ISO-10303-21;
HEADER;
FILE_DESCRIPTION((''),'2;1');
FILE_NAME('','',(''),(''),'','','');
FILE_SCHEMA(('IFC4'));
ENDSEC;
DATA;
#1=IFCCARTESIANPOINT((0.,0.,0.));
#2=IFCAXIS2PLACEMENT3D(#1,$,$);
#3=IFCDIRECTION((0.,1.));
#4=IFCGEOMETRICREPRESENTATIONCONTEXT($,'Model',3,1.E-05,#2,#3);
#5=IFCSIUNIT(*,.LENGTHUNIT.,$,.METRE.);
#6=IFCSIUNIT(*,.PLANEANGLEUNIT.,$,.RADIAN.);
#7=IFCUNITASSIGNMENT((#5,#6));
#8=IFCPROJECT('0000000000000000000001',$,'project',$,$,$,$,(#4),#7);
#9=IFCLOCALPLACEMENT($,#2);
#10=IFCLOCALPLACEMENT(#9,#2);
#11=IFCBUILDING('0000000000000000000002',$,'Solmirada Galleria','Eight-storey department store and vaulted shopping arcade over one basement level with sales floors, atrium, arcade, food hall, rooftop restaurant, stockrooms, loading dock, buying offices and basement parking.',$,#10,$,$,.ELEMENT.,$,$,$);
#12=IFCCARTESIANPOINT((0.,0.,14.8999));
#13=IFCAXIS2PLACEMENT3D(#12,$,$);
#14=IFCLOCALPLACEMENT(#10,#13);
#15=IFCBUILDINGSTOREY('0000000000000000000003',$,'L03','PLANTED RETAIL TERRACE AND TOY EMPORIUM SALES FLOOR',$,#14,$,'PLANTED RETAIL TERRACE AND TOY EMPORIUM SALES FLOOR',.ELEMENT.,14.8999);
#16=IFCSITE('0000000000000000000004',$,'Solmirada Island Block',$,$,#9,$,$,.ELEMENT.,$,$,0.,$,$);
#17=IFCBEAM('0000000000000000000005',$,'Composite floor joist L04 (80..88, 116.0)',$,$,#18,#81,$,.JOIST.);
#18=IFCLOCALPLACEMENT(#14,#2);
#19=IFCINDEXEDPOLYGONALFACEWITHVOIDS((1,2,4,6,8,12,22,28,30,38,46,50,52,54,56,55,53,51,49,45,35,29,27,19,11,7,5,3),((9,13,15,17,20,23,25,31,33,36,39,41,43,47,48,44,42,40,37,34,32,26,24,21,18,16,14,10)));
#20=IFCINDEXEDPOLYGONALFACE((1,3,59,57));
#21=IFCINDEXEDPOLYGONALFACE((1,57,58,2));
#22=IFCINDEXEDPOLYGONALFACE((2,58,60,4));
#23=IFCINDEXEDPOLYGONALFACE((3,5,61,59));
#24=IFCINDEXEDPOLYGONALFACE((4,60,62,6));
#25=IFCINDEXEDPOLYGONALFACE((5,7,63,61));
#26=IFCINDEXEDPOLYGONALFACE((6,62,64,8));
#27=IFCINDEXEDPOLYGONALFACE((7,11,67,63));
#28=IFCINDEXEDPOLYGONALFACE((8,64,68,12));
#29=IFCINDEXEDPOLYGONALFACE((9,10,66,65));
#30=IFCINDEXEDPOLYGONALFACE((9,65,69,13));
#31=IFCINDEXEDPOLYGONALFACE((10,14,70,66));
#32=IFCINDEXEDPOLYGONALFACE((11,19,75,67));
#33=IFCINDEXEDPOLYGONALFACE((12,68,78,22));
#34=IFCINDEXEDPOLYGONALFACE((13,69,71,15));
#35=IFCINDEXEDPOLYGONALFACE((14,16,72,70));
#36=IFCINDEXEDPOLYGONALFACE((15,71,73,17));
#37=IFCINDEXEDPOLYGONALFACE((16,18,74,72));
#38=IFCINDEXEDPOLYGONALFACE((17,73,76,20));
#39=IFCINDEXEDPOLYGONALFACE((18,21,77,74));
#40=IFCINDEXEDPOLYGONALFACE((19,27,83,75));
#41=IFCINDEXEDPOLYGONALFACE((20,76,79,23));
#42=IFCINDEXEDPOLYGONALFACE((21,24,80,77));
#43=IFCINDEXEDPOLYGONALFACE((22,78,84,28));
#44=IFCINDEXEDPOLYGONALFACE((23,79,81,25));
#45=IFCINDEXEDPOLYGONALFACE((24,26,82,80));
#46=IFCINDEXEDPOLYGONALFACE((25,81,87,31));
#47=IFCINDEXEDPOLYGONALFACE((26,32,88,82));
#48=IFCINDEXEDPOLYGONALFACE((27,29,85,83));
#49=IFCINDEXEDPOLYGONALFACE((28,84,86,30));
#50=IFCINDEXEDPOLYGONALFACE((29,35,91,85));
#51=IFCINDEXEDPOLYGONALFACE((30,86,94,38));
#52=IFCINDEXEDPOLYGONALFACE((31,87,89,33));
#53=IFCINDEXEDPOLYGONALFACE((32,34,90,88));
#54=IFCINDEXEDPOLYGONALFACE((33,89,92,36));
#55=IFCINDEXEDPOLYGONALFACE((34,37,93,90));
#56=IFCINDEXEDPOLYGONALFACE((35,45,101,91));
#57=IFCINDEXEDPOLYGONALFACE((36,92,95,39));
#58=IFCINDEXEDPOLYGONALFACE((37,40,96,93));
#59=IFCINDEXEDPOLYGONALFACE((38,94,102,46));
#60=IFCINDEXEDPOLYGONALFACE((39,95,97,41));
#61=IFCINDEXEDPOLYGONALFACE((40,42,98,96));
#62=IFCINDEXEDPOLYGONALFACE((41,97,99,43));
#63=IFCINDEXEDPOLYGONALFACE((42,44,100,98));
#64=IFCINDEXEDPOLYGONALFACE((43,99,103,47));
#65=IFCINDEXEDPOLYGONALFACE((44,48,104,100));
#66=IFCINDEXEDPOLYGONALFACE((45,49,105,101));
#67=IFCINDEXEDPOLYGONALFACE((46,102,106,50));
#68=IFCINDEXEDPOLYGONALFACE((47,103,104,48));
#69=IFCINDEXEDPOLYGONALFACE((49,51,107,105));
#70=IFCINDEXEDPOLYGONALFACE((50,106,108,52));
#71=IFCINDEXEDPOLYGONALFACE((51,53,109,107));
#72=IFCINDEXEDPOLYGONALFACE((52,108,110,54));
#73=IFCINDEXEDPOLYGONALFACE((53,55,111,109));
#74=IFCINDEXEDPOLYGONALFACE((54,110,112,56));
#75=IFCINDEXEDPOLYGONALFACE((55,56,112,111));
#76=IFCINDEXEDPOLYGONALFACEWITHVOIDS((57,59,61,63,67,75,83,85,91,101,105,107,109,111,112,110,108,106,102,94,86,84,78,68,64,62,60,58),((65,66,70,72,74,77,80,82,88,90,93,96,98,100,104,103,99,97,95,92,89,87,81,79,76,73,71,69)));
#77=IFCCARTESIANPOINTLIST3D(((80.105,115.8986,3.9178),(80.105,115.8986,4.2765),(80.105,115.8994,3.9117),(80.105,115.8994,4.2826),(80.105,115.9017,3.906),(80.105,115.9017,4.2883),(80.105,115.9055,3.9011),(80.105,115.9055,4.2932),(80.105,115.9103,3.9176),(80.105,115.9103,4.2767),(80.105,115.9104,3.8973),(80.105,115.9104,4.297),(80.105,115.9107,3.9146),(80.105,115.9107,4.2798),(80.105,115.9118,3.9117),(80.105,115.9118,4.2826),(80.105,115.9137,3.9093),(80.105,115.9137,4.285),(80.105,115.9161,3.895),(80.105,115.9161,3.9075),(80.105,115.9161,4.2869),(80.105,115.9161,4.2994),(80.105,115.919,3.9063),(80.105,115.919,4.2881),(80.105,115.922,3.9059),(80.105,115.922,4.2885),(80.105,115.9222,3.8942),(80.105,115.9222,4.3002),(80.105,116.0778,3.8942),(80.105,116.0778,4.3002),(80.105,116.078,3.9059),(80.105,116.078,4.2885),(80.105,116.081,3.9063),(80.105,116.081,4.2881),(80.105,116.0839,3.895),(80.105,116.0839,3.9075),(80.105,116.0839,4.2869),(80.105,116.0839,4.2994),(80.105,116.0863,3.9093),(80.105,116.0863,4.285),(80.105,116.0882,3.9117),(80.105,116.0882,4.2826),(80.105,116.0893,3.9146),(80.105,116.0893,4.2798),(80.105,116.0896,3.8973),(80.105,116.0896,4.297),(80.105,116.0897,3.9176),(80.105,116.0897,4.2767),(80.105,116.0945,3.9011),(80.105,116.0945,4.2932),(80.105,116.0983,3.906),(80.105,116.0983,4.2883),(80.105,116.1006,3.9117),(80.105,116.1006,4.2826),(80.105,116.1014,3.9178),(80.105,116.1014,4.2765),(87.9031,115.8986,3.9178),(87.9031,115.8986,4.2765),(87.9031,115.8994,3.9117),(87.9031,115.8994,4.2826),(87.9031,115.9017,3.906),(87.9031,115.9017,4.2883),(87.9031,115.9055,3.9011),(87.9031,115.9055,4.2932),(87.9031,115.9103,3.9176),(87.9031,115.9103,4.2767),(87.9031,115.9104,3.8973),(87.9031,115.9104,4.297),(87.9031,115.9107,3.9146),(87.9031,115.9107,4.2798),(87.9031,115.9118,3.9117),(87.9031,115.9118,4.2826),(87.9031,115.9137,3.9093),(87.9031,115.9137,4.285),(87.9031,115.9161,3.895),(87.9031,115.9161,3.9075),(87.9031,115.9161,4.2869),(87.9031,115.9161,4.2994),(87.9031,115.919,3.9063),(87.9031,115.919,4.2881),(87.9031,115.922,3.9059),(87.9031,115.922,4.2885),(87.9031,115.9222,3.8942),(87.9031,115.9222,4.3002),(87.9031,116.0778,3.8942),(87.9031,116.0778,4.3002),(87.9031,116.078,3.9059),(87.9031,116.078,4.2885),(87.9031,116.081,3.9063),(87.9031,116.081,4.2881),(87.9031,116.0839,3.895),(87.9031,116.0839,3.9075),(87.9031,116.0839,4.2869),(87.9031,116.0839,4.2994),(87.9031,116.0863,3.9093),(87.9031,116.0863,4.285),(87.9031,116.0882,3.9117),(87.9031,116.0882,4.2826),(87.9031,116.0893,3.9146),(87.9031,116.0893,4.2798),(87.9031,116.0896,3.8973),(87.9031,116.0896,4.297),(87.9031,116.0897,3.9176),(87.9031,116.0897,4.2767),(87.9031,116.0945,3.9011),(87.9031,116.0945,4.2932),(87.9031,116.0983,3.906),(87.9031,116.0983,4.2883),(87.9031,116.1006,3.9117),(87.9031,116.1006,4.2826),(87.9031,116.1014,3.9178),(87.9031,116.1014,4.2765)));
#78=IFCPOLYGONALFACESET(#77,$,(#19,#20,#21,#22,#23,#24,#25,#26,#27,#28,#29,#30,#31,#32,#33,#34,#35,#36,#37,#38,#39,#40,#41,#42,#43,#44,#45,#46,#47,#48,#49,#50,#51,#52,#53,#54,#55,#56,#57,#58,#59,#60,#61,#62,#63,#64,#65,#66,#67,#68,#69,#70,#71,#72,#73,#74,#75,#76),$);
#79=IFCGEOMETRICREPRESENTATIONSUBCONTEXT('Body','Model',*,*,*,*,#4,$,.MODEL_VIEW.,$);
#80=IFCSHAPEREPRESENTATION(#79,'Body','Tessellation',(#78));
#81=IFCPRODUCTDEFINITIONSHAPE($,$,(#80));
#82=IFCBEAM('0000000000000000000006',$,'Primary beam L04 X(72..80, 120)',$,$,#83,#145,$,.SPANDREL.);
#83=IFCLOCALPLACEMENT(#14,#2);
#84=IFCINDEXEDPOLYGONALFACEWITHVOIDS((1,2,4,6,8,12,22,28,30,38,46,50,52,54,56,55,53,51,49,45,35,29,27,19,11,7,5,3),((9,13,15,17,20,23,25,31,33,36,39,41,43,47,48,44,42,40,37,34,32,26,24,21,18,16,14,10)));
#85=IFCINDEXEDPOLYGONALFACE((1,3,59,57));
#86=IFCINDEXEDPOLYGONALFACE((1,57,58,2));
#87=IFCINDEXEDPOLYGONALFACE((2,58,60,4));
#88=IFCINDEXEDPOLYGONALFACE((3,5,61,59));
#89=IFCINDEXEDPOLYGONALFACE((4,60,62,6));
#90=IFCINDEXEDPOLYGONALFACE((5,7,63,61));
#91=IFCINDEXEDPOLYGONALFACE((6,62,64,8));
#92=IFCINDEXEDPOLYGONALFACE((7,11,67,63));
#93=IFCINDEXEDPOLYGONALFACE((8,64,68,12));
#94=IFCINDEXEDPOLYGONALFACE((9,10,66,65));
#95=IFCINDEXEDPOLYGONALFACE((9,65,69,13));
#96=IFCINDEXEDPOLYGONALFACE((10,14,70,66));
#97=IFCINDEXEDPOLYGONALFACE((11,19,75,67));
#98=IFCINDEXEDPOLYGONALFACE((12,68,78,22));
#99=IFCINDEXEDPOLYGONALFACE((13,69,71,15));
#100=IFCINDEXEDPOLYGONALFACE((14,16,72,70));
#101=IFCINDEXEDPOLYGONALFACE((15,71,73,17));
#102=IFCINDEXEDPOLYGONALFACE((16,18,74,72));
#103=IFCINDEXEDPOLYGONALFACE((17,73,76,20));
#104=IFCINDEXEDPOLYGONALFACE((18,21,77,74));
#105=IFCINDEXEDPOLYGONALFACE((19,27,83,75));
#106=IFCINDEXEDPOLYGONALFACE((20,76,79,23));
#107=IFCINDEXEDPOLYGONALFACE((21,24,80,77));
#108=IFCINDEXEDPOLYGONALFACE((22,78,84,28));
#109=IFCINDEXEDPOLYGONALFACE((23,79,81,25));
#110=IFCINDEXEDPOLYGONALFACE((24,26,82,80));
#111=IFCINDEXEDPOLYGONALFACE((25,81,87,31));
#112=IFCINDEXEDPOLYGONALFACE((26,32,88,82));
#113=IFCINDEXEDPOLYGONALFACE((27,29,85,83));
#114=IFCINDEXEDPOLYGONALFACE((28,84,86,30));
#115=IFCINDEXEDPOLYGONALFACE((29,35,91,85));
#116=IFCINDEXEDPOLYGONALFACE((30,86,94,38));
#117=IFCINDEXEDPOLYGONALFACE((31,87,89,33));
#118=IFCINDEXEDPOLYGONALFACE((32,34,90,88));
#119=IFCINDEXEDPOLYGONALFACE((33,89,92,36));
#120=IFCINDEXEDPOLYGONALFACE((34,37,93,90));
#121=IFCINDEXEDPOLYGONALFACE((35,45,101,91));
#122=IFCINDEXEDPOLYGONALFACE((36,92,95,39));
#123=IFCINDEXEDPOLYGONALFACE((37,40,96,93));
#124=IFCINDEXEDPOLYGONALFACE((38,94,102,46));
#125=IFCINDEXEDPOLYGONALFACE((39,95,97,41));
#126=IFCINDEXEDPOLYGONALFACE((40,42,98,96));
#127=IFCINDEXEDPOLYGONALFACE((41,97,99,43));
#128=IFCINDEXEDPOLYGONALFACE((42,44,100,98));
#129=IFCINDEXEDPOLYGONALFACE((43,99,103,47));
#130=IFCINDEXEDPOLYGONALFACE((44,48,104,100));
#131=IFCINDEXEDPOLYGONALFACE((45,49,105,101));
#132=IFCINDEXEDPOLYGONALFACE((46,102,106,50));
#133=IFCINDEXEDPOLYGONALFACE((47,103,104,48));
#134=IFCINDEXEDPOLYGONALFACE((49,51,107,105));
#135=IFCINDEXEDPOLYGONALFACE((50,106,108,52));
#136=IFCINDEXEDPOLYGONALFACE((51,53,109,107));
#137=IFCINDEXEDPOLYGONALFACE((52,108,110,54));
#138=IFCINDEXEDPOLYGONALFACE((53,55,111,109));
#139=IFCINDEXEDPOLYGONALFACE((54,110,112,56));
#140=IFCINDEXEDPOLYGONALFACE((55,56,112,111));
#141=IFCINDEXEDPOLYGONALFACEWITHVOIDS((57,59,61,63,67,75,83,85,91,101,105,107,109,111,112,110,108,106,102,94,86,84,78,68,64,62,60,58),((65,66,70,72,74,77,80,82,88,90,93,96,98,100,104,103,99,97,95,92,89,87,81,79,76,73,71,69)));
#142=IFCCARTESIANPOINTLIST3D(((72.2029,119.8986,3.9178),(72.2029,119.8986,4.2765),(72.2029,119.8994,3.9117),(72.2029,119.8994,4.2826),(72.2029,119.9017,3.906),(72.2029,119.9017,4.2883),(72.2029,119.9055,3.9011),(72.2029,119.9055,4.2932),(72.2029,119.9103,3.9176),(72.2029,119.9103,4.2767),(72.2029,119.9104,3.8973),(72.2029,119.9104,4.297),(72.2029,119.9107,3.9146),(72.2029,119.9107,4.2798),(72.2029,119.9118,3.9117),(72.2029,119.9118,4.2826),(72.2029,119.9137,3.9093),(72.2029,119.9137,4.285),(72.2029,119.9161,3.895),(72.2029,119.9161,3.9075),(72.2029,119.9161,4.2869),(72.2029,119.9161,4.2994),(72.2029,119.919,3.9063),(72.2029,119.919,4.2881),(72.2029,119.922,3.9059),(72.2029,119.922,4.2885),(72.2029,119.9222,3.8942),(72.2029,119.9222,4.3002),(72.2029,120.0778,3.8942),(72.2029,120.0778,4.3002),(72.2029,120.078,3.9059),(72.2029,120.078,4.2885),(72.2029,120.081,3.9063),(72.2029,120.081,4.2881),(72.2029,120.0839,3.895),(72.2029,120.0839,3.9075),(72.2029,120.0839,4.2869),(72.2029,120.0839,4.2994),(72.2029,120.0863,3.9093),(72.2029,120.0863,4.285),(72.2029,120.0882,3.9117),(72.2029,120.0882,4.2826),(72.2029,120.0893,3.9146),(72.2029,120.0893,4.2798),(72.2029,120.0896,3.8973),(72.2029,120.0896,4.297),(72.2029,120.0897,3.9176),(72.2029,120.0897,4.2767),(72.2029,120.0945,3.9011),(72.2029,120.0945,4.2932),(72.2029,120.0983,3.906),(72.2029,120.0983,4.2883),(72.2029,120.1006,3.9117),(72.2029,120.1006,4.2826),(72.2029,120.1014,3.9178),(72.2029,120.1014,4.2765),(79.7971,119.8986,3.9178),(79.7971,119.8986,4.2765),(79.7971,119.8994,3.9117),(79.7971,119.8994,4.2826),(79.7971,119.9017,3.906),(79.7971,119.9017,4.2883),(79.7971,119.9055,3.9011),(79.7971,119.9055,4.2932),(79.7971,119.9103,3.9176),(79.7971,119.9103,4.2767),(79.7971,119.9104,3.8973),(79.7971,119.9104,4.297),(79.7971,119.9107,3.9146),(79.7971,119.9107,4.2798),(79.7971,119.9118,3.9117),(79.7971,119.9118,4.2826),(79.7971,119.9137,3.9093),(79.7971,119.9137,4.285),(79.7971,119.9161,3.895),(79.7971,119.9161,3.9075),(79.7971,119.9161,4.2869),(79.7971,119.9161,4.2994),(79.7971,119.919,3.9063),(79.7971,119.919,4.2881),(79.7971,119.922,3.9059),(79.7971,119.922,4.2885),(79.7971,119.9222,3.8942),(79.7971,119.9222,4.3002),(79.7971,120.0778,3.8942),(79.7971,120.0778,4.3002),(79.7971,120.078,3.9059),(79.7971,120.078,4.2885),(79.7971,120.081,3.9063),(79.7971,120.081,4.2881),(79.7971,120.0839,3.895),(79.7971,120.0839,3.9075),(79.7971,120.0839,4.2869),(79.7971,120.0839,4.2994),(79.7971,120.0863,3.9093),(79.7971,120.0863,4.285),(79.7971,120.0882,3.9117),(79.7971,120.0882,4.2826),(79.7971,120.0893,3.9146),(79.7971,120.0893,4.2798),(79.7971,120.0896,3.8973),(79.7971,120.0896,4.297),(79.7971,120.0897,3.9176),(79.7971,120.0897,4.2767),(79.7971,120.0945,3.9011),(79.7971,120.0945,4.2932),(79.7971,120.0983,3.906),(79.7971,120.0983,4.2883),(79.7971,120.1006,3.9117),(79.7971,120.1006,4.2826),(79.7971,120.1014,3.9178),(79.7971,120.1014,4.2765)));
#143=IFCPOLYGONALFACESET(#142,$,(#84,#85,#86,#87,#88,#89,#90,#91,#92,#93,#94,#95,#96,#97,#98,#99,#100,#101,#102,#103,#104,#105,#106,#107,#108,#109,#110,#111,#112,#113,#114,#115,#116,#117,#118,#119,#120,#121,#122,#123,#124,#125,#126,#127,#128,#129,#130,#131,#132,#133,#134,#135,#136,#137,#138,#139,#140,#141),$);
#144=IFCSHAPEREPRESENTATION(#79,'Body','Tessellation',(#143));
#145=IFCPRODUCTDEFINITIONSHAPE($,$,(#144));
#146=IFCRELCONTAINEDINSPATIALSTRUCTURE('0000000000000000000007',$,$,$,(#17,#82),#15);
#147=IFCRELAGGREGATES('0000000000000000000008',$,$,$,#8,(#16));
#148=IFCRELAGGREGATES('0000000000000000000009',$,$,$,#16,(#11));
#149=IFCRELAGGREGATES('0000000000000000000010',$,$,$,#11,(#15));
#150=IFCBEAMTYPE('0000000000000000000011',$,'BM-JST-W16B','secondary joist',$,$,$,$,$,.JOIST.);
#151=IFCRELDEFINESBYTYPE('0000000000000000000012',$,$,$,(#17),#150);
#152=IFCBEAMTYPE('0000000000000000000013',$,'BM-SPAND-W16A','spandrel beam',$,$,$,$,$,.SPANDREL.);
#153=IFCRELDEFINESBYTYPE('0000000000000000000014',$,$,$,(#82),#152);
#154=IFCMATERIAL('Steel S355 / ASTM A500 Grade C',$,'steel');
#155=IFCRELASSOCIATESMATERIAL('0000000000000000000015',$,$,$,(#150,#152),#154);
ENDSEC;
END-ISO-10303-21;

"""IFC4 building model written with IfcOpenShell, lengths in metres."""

from ifc_helpers import new_model, si_unit, direction, frame, origin, origin_2d, place, context, subcontext, project, spatial, hollow_rectangle, extrude, material, material_profile, profile_set, type_object, element, save


model = new_model("IFC4")

# Units and contexts
model_context = context("Model", 3, precision=1e-05, world=origin(), true_north=direction((0.0, 1.0)))
body_context = subcontext(model_context, "Body", "Model", "MODEL_VIEW")
ifc_project = project(units=[si_unit("LENGTHUNIT", "METRE"), si_unit("PLANEANGLEUNIT", "RADIAN")], contexts=[model_context])

# Site, building, storey
site_placement = place(None, origin())
site = spatial("IfcSite", under=ifc_project, at=site_placement, Name="Solmirada Island Block", CompositionType="ELEMENT", RefElevation=0.0)
building_placement = place(site_placement, origin())
building = spatial("IfcBuilding", under=site, at=building_placement, Name="Solmirada Galleria", Description="Eight-storey department store and vaulted shopping arcade over one basement level with sales floors, atrium, arcade, food hall, rooftop restaurant, stockrooms, loading dock, buying offices and basement parking.", CompositionType="ELEMENT")
storey_placement = place(building_placement, frame((0.0, 0.0, 14.8999)))
storey = spatial("IfcBuildingStorey", under=building, at=storey_placement, Name="L03", Description="PLANTED RETAIL TERRACE AND TOY EMPORIUM SALES FLOOR", LongName="PLANTED RETAIL TERRACE AND TOY EMPORIUM SALES FLOOR", CompositionType="ELEMENT", Elevation=14.8999)

# Shared definitions
ifc_material_1 = material(Name="Steel S355 / ASTM A500 Grade C", Category="steel")

# Beams
ifc_material_profile_1 = material_profile(ifc_material_1, hollow_rectangle(XDim=0.2029, YDim=0.406, WallThickness=0.0117, InnerFilletRadius=0.0117, OuterFilletRadius=0.0237, at=origin_2d()), Name="HSS16X8X1/2")
ifc_profile_set_1 = profile_set([ifc_material_profile_1], Name="Steel S355 / ASTM A500 Grade C")
beam_type_1 = type_object("IfcBeamType", Name="BM-JST-W16B", Description="secondary joist", PredefinedType="JOIST", material=ifc_profile_set_1)
for number, where, z_axis, x_axis, name in (
    (1, (80.105, 116.0, 4.0972), (1.0, 0.0, 0.0), (0.0, 1.0, 0.0), "Composite floor joist L04 (80..88, 116.0)"),
):
    element("IfcBeam", number, at=place(storey_placement, frame(where, z_axis=z_axis, x_axis=x_axis)), inside=storey, type_object=beam_type_1, Name=name, PredefinedType="JOIST", context=body_context, shape_type="SweptSolid", body=[
        extrude(hollow_rectangle(XDim=0.2029, YDim=0.406, WallThickness=0.0117, InnerFilletRadius=0.0117, OuterFilletRadius=0.0237, at=origin_2d()), origin(), (0.0, 0.0, 1.0), 7.7981),
    ])
ifc_material_profile_2 = material_profile(ifc_material_1, hollow_rectangle(XDim=0.2029, YDim=0.406, WallThickness=0.0117, InnerFilletRadius=0.0117, OuterFilletRadius=0.0237, at=origin_2d()), Name="HSS16X8X1/2")
ifc_profile_set_2 = profile_set([ifc_material_profile_2], Name="Steel S355 / ASTM A500 Grade C")
beam_type_2 = type_object("IfcBeamType", Name="BM-SPAND-W16A", Description="spandrel beam", PredefinedType="SPANDREL", material=ifc_profile_set_2)
for number, where, z_axis, x_axis, name in (
    (2, (72.2029, 120.0, 4.0972), (1.0, 0.0, 0.0), (0.0, 1.0, 0.0), "Primary beam L04 X(72..80, 120)"),
):
    element("IfcBeam", number, at=place(storey_placement, frame(where, z_axis=z_axis, x_axis=x_axis)), inside=storey, type_object=beam_type_2, Name=name, PredefinedType="SPANDREL", context=body_context, shape_type="SweptSolid", body=[
        extrude(hollow_rectangle(XDim=0.2029, YDim=0.406, WallThickness=0.0117, InnerFilletRadius=0.0117, OuterFilletRadius=0.0237, at=origin_2d()), origin(), (0.0, 0.0, 1.0), 7.5942),
    ])

save(model, "model.ifc")
